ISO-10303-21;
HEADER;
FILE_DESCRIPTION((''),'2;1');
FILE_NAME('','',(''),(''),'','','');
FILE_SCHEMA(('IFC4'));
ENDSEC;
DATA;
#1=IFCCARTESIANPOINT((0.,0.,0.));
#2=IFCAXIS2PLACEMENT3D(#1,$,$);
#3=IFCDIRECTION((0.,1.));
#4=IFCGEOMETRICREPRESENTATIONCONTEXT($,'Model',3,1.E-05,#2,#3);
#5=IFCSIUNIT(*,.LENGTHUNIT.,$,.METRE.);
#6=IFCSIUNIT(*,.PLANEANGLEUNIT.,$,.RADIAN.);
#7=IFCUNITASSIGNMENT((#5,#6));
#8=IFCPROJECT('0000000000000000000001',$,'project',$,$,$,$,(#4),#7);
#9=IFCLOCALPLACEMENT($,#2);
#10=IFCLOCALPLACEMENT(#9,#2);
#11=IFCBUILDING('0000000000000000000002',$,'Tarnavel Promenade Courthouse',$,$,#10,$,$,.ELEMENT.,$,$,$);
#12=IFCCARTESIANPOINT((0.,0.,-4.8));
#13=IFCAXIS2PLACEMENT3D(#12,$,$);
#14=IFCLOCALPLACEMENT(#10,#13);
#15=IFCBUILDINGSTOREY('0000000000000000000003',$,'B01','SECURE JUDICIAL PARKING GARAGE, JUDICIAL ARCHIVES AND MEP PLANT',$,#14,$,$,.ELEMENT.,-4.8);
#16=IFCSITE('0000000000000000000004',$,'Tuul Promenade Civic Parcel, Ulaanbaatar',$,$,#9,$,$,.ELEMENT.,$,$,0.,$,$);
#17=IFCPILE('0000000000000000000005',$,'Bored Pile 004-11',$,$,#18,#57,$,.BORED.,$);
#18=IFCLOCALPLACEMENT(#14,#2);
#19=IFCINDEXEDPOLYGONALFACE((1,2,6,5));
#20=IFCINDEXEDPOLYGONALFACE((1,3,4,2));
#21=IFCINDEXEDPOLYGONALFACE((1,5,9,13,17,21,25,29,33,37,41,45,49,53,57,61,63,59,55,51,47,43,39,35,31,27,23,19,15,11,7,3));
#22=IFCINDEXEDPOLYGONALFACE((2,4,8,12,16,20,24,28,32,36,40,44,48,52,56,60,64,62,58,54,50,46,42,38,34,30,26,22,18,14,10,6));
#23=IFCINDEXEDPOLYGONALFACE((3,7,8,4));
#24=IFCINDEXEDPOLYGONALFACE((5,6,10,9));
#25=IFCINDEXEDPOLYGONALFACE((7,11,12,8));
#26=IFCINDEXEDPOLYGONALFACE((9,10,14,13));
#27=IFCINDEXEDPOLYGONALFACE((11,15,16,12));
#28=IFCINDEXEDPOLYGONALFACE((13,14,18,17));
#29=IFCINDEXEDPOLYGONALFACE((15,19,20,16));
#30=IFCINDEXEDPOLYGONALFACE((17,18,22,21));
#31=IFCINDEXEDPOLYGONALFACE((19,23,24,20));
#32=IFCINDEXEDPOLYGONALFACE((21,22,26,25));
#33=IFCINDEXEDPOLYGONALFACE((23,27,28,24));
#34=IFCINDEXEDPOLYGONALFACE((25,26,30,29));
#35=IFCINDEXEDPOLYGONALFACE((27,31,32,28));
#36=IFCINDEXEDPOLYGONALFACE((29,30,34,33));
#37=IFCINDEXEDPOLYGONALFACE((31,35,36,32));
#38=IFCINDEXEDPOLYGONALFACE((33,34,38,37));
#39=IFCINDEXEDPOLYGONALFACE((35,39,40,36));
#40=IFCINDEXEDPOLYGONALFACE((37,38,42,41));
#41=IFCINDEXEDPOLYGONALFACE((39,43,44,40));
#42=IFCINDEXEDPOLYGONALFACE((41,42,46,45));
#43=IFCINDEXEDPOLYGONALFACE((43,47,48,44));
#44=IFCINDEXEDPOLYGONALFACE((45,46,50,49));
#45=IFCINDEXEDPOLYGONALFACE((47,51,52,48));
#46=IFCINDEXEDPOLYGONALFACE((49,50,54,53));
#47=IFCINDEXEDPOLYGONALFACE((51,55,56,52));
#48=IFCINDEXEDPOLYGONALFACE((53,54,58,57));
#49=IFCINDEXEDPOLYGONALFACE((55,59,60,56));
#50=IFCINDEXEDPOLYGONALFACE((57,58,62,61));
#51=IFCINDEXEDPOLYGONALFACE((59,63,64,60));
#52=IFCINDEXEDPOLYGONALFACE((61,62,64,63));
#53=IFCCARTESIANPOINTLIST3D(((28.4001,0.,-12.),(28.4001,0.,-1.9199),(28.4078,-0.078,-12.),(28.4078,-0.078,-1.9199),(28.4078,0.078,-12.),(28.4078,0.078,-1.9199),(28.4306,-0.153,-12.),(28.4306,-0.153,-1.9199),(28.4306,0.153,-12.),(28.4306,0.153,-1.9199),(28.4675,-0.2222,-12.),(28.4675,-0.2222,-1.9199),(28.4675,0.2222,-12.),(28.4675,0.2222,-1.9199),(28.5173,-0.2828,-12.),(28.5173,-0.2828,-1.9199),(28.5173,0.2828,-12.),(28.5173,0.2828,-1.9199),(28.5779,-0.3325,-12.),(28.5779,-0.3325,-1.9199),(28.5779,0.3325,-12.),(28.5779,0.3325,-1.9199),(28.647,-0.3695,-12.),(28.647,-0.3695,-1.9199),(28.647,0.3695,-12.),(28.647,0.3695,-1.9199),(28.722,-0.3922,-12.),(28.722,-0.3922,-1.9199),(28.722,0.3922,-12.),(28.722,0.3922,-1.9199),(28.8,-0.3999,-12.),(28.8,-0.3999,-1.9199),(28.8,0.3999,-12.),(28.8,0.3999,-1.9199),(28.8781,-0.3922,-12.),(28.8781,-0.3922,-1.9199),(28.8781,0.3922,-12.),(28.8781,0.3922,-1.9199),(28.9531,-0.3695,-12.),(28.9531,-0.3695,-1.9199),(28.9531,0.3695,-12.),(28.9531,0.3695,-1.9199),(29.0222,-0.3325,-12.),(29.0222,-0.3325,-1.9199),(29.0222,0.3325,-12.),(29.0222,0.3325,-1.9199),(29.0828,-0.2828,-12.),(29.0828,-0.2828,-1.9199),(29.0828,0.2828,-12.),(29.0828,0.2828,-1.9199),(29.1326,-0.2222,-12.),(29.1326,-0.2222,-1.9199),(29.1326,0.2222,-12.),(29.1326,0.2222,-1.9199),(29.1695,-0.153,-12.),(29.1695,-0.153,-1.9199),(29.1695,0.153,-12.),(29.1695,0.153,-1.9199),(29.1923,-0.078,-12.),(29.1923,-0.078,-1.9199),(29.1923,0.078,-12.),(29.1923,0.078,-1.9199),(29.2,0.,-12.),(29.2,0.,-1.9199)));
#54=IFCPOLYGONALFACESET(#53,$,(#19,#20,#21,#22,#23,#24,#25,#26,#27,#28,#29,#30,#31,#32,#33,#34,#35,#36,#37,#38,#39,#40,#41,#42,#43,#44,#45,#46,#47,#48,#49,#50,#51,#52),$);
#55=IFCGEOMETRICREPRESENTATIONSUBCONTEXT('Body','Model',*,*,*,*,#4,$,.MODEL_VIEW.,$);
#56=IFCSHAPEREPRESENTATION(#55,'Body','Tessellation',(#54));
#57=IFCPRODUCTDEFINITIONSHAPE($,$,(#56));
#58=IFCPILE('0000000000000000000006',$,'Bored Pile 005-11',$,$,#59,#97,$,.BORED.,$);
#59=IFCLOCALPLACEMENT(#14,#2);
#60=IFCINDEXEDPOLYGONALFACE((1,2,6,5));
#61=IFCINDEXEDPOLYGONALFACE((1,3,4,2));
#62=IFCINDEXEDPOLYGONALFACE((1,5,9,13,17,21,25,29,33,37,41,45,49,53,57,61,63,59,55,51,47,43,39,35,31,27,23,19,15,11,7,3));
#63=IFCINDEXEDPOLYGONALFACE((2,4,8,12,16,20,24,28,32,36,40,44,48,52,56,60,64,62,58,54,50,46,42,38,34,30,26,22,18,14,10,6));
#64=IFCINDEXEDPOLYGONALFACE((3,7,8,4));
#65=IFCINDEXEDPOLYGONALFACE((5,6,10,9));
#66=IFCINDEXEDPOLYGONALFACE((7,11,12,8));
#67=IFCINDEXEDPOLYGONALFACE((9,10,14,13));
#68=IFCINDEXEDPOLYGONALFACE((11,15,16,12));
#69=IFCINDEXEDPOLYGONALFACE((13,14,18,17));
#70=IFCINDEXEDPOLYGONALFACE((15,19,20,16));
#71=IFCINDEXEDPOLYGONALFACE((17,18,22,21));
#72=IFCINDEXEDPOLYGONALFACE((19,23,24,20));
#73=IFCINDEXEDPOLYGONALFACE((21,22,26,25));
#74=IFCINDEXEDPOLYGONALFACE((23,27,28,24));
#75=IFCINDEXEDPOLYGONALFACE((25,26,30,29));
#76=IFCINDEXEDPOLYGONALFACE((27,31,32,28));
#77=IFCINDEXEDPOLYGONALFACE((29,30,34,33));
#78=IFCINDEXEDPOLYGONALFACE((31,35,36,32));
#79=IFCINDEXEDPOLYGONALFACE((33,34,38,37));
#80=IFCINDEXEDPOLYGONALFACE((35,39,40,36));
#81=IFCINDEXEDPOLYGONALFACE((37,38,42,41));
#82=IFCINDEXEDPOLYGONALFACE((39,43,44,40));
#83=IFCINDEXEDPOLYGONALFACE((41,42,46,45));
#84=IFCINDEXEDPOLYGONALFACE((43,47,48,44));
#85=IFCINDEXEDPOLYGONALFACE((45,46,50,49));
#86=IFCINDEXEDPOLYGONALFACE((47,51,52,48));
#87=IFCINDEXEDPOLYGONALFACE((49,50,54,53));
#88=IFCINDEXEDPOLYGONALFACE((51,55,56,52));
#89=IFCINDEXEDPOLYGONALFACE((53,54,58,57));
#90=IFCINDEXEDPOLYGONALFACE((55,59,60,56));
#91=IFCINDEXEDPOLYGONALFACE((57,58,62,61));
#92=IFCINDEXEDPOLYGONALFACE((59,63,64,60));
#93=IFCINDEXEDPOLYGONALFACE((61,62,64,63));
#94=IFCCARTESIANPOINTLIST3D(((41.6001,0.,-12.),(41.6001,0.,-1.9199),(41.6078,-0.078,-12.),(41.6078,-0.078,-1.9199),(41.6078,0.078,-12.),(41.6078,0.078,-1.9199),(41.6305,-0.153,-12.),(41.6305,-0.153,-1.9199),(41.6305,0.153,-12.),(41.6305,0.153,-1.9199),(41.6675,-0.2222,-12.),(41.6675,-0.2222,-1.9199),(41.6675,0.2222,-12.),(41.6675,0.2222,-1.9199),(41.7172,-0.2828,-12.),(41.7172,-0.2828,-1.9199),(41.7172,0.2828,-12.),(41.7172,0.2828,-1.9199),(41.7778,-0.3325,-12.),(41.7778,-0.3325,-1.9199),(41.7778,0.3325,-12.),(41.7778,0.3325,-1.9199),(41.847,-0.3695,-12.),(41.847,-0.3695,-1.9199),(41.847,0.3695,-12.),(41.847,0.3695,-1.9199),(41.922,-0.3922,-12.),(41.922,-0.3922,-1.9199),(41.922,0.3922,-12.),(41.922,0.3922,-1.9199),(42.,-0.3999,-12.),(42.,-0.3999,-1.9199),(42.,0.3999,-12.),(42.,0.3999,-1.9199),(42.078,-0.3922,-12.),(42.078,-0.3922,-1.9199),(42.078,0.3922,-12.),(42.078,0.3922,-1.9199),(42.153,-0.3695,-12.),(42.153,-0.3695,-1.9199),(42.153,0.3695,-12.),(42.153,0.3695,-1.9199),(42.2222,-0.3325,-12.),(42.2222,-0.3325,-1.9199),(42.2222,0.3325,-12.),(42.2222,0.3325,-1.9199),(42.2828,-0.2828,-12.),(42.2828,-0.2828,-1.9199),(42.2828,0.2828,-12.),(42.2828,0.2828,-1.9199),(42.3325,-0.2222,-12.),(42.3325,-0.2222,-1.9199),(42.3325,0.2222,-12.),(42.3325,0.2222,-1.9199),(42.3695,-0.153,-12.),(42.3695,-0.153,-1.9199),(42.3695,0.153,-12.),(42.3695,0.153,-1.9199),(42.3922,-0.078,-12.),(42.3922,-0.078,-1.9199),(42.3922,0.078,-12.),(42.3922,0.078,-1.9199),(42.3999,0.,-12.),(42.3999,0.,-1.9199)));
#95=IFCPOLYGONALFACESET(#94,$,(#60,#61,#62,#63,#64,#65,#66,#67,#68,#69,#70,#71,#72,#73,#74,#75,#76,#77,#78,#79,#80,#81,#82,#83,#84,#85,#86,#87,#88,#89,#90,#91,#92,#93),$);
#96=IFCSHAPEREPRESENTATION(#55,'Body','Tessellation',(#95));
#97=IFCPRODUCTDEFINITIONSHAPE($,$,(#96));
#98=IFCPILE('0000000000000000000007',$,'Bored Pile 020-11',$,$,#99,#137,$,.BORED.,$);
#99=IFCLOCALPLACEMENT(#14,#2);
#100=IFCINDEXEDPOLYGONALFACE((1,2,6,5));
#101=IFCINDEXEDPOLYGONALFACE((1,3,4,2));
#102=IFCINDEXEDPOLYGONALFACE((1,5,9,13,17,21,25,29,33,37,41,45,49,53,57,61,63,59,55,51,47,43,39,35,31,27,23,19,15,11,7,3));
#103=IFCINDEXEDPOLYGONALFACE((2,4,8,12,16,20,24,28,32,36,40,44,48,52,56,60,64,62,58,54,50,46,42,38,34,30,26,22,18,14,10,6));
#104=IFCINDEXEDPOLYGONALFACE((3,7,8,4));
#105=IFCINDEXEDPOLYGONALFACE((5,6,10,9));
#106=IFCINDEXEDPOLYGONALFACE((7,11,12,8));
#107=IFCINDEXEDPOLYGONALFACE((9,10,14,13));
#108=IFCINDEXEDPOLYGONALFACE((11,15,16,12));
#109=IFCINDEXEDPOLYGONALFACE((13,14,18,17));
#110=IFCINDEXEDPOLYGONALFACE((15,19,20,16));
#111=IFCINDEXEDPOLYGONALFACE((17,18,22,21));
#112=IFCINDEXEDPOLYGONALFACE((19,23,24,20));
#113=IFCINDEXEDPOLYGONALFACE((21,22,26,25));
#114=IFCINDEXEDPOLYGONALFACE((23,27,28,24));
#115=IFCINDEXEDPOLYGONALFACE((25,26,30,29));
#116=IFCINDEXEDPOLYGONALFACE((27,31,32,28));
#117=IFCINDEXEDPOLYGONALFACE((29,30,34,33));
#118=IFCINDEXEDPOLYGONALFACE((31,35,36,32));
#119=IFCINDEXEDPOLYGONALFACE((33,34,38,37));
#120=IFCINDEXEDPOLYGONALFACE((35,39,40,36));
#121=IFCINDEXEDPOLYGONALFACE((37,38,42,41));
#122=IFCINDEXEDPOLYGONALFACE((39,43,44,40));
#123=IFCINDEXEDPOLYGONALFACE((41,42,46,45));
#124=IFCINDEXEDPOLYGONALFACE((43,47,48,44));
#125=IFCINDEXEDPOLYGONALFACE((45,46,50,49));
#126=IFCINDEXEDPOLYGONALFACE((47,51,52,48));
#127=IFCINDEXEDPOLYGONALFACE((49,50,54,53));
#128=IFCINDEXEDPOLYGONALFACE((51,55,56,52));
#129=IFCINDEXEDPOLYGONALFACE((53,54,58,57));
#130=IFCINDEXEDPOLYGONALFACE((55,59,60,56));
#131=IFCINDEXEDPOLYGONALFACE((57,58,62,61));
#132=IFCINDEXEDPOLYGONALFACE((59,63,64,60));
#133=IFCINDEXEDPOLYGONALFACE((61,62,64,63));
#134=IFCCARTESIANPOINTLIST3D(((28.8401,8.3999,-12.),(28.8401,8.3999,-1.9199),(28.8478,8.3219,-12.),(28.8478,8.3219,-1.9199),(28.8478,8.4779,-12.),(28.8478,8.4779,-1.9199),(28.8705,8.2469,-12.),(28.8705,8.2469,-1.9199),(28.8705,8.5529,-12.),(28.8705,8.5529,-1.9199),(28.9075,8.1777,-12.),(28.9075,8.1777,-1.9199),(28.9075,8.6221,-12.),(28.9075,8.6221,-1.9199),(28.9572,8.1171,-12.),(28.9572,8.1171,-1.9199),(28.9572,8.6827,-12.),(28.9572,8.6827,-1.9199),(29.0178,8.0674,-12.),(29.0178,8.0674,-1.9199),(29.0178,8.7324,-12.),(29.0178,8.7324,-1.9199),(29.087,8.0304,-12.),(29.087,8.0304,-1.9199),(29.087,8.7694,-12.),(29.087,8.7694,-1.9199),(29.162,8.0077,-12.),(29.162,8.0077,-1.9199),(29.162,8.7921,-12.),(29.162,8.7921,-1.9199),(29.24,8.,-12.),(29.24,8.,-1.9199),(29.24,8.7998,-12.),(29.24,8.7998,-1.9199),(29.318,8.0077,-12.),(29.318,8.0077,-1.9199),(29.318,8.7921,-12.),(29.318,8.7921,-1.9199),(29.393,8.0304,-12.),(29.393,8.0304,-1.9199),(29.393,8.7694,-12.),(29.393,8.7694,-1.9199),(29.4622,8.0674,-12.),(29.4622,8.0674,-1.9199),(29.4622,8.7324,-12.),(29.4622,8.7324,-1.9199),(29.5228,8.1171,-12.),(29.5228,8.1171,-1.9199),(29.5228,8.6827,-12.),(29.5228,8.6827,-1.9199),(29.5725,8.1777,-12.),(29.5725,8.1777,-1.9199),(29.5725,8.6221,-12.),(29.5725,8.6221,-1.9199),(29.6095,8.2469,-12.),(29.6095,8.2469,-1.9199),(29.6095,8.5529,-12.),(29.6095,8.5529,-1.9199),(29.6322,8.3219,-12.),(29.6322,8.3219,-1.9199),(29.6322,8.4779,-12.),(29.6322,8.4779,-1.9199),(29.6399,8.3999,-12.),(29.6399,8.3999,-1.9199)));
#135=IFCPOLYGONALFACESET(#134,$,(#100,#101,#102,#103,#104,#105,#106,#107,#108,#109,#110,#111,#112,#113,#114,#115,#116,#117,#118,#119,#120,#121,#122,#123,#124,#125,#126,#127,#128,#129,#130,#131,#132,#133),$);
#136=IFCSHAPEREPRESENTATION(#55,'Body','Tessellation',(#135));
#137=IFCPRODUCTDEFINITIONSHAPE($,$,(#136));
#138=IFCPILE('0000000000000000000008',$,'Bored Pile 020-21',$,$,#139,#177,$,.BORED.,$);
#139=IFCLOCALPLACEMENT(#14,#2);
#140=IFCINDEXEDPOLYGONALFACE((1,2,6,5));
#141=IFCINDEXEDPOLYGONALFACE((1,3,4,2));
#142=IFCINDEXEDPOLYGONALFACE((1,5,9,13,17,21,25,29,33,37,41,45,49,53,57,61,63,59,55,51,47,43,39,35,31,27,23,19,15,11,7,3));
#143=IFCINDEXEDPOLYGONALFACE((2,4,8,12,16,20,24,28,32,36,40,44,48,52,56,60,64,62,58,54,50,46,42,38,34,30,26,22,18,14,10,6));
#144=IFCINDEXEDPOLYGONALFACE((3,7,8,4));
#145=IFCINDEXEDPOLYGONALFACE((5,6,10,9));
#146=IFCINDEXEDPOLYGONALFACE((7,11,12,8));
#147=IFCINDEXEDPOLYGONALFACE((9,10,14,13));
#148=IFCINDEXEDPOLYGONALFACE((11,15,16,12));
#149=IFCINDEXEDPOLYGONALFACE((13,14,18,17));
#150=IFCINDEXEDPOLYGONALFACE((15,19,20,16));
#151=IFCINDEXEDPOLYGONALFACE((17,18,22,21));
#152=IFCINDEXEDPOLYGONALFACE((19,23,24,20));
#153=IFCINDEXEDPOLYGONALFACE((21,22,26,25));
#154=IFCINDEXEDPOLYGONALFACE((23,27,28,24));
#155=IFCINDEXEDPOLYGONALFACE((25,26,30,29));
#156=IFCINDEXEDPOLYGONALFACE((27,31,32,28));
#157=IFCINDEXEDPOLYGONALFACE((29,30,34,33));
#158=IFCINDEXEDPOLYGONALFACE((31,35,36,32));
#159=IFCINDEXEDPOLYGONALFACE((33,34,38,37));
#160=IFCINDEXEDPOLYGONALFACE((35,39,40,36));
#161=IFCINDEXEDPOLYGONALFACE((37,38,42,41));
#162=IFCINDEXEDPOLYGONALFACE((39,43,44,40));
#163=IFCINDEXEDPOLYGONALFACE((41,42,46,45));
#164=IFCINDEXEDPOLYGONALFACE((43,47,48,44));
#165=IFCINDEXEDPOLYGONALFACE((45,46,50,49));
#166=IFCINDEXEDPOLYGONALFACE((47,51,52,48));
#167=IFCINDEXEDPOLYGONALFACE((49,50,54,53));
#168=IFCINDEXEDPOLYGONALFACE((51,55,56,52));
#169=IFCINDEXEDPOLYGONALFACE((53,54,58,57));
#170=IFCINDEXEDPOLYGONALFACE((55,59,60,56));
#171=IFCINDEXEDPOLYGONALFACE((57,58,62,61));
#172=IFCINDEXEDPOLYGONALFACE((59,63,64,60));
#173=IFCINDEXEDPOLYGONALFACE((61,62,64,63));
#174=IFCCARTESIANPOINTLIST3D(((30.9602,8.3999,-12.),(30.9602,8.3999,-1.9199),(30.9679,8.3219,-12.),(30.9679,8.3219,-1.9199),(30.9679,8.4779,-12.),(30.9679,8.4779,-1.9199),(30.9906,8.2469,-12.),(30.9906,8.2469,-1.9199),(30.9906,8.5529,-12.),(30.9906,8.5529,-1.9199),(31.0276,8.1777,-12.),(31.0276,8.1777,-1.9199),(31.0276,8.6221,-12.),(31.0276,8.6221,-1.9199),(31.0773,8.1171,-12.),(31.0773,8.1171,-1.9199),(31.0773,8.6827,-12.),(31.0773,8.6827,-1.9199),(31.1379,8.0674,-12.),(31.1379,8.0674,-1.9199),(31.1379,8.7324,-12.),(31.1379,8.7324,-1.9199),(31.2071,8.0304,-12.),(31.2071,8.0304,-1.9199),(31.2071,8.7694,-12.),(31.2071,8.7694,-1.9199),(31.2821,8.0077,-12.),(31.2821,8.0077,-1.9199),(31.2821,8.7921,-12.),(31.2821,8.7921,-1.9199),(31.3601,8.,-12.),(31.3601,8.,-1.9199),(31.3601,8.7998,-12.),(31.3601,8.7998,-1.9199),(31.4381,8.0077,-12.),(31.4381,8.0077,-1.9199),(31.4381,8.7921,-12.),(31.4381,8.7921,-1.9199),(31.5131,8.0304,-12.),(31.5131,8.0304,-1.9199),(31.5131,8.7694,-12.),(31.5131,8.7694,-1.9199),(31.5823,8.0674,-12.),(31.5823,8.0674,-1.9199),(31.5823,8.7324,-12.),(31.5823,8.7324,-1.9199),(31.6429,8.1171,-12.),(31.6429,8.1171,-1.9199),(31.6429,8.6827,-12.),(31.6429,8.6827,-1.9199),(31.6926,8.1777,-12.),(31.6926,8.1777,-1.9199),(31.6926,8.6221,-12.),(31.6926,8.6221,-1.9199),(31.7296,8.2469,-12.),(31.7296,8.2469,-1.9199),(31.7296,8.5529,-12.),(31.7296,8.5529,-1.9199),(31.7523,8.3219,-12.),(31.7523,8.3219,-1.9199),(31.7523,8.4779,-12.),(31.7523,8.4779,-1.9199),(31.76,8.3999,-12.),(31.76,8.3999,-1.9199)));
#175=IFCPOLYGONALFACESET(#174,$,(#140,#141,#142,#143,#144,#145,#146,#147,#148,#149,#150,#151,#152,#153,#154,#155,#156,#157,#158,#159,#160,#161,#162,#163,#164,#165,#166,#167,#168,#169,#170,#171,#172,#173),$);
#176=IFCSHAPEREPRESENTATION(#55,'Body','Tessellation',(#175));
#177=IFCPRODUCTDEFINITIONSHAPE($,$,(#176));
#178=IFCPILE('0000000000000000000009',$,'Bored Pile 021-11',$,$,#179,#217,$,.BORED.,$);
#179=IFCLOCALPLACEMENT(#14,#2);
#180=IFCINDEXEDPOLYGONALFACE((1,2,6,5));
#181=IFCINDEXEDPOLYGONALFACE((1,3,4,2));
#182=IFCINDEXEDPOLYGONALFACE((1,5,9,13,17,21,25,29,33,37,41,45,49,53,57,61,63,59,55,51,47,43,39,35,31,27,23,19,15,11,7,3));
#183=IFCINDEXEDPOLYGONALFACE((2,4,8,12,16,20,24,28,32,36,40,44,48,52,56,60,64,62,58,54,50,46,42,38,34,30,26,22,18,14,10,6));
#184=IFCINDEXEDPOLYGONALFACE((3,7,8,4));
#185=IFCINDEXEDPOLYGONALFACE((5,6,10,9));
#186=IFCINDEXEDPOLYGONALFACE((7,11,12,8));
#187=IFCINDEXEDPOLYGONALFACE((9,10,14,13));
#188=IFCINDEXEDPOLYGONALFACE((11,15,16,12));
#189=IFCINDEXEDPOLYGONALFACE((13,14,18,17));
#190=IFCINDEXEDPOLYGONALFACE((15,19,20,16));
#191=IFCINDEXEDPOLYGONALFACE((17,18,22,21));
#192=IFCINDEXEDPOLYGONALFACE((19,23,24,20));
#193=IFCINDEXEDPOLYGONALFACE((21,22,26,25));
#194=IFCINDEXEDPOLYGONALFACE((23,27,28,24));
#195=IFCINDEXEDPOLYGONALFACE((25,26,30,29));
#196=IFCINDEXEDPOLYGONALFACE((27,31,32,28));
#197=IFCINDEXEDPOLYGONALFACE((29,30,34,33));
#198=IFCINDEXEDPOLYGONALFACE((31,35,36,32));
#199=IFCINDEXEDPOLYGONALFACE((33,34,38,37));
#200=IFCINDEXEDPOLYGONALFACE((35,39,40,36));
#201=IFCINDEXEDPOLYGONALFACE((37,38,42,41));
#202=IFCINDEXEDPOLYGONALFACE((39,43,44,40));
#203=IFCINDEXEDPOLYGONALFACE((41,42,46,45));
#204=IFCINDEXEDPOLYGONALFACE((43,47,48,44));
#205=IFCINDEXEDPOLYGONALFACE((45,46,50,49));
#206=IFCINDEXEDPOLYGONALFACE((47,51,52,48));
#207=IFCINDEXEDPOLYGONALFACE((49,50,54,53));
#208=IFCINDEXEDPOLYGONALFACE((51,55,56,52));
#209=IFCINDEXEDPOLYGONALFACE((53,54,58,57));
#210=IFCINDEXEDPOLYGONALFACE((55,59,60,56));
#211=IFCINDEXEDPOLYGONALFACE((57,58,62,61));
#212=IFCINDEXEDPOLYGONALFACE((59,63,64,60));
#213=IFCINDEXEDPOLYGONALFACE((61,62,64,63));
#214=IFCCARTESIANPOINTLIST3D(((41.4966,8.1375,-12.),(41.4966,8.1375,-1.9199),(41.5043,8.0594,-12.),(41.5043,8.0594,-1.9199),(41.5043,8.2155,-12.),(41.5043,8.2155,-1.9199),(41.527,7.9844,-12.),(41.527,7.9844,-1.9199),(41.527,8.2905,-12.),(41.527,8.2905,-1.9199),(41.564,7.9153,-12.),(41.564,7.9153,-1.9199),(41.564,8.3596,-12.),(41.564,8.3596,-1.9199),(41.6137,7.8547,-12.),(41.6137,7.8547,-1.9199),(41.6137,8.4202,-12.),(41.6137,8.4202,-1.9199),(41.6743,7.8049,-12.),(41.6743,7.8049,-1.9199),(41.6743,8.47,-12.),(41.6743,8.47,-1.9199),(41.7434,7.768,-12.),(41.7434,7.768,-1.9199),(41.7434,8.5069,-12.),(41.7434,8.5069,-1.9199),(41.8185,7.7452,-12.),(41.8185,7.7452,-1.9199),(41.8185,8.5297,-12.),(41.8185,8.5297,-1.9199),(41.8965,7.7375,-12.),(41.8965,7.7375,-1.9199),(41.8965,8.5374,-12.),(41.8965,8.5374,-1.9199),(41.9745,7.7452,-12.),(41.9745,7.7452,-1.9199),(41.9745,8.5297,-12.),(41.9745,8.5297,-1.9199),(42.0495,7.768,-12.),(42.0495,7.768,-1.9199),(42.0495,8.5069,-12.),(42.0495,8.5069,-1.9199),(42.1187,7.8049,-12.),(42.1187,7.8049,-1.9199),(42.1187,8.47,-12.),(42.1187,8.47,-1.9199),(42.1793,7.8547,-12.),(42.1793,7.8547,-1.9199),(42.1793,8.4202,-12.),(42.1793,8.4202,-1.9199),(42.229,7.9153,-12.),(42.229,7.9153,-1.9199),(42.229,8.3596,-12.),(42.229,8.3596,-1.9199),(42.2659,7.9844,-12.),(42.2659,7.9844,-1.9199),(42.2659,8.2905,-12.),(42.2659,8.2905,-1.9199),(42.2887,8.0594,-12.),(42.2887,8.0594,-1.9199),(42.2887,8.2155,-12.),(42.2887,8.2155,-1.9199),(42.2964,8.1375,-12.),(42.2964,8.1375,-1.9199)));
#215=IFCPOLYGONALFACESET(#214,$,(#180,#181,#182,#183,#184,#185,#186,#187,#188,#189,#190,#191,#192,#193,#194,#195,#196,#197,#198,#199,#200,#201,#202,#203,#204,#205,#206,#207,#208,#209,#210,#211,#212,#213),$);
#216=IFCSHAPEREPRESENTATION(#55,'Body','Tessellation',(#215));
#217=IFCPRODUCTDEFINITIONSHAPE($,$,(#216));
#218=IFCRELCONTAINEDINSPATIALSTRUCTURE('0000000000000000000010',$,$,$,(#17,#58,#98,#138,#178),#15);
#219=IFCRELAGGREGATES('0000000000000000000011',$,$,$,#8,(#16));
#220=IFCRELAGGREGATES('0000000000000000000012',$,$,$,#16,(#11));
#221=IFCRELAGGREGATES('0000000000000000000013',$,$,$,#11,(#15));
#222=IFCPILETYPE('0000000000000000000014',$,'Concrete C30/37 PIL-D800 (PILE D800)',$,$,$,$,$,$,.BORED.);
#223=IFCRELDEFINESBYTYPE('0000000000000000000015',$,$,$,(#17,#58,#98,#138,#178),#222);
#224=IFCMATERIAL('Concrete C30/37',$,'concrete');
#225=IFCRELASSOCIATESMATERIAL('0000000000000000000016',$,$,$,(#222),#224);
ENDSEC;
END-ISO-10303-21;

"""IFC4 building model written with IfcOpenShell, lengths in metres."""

from ifc_helpers import new_model, si_unit, direction, frame, origin, origin_2d, place, context, subcontext, project, spatial, circle, extrude, material, material_profile, profile_set, type_object, element, save


model = new_model("IFC4")

# Units and contexts
model_context = context("Model", 3, precision=1e-05, world=origin(), true_north=direction((0.0, 1.0)))
body_context = subcontext(model_context, "Body", "Model", "MODEL_VIEW")
ifc_project = project(units=[si_unit("LENGTHUNIT", "METRE"), si_unit("PLANEANGLEUNIT", "RADIAN")], contexts=[model_context])

# Site, building, storey
site_placement = place(None, origin())
site = spatial("IfcSite", under=ifc_project, at=site_placement, Name="Tuul Promenade Civic Parcel, Ulaanbaatar", CompositionType="ELEMENT", RefElevation=0.0)
building_placement = place(site_placement, origin())
building = spatial("IfcBuilding", under=site, at=building_placement, Name="Tarnavel Promenade Courthouse", CompositionType="ELEMENT")
storey_placement = place(building_placement, frame((0.0, 0.0, -4.8)))
storey = spatial("IfcBuildingStorey", under=building, at=storey_placement, Name="B01", Description="SECURE JUDICIAL PARKING GARAGE, JUDICIAL ARCHIVES AND MEP PLANT", CompositionType="ELEMENT", Elevation=-4.8)

# Piles
ifc_material_1 = material(Name="Concrete C30/37", Category="concrete")
ifc_material_profile_1 = material_profile(ifc_material_1, circle(Radius=0.3999, at=origin_2d()), Name="PILE D800")
ifc_profile_set_1 = profile_set([ifc_material_profile_1], Name="Concrete C30/37")
pile_type = type_object("IfcPileType", Name="Concrete C30/37 PIL-D800 (PILE D800)", PredefinedType="BORED", material=ifc_profile_set_1)
for number, where, z_axis, x_axis, name in (
    (1, (28.8, 0.0, -1.9199), (0.0, 0.0, -1.0), (1.0, 0.0, 0.0), "Bored Pile 004-11"),
    (2, (42.0, 0.0, -1.9199), (0.0, 0.0, -1.0), (1.0, 0.0, 0.0), "Bored Pile 005-11"),
    (3, (29.24, 8.3999, -1.9199), (0.0, 0.0, -1.0), (1.0, 0.0, 0.0), "Bored Pile 020-11"),
    (4, (31.3601, 8.3999, -1.9199), (0.0, 0.0, -1.0), (1.0, 0.0, 0.0), "Bored Pile 020-21"),
    (5, (41.8965, 8.1375, -1.9199), (0.0, 0.0, -1.0), (1.0, 0.0, 0.0), "Bored Pile 021-11"),
):
    element("IfcPile", number, at=place(storey_placement, frame(where, z_axis=z_axis, x_axis=x_axis)), inside=storey, type_object=pile_type, Name=name, PredefinedType="BORED", context=body_context, shape_type="SweptSolid", body=[
        extrude(circle(Radius=0.3999, at=origin_2d()), origin(), (0.0, 0.0, 1.0), 10.0801),
    ])

save(model, "model.ifc")
